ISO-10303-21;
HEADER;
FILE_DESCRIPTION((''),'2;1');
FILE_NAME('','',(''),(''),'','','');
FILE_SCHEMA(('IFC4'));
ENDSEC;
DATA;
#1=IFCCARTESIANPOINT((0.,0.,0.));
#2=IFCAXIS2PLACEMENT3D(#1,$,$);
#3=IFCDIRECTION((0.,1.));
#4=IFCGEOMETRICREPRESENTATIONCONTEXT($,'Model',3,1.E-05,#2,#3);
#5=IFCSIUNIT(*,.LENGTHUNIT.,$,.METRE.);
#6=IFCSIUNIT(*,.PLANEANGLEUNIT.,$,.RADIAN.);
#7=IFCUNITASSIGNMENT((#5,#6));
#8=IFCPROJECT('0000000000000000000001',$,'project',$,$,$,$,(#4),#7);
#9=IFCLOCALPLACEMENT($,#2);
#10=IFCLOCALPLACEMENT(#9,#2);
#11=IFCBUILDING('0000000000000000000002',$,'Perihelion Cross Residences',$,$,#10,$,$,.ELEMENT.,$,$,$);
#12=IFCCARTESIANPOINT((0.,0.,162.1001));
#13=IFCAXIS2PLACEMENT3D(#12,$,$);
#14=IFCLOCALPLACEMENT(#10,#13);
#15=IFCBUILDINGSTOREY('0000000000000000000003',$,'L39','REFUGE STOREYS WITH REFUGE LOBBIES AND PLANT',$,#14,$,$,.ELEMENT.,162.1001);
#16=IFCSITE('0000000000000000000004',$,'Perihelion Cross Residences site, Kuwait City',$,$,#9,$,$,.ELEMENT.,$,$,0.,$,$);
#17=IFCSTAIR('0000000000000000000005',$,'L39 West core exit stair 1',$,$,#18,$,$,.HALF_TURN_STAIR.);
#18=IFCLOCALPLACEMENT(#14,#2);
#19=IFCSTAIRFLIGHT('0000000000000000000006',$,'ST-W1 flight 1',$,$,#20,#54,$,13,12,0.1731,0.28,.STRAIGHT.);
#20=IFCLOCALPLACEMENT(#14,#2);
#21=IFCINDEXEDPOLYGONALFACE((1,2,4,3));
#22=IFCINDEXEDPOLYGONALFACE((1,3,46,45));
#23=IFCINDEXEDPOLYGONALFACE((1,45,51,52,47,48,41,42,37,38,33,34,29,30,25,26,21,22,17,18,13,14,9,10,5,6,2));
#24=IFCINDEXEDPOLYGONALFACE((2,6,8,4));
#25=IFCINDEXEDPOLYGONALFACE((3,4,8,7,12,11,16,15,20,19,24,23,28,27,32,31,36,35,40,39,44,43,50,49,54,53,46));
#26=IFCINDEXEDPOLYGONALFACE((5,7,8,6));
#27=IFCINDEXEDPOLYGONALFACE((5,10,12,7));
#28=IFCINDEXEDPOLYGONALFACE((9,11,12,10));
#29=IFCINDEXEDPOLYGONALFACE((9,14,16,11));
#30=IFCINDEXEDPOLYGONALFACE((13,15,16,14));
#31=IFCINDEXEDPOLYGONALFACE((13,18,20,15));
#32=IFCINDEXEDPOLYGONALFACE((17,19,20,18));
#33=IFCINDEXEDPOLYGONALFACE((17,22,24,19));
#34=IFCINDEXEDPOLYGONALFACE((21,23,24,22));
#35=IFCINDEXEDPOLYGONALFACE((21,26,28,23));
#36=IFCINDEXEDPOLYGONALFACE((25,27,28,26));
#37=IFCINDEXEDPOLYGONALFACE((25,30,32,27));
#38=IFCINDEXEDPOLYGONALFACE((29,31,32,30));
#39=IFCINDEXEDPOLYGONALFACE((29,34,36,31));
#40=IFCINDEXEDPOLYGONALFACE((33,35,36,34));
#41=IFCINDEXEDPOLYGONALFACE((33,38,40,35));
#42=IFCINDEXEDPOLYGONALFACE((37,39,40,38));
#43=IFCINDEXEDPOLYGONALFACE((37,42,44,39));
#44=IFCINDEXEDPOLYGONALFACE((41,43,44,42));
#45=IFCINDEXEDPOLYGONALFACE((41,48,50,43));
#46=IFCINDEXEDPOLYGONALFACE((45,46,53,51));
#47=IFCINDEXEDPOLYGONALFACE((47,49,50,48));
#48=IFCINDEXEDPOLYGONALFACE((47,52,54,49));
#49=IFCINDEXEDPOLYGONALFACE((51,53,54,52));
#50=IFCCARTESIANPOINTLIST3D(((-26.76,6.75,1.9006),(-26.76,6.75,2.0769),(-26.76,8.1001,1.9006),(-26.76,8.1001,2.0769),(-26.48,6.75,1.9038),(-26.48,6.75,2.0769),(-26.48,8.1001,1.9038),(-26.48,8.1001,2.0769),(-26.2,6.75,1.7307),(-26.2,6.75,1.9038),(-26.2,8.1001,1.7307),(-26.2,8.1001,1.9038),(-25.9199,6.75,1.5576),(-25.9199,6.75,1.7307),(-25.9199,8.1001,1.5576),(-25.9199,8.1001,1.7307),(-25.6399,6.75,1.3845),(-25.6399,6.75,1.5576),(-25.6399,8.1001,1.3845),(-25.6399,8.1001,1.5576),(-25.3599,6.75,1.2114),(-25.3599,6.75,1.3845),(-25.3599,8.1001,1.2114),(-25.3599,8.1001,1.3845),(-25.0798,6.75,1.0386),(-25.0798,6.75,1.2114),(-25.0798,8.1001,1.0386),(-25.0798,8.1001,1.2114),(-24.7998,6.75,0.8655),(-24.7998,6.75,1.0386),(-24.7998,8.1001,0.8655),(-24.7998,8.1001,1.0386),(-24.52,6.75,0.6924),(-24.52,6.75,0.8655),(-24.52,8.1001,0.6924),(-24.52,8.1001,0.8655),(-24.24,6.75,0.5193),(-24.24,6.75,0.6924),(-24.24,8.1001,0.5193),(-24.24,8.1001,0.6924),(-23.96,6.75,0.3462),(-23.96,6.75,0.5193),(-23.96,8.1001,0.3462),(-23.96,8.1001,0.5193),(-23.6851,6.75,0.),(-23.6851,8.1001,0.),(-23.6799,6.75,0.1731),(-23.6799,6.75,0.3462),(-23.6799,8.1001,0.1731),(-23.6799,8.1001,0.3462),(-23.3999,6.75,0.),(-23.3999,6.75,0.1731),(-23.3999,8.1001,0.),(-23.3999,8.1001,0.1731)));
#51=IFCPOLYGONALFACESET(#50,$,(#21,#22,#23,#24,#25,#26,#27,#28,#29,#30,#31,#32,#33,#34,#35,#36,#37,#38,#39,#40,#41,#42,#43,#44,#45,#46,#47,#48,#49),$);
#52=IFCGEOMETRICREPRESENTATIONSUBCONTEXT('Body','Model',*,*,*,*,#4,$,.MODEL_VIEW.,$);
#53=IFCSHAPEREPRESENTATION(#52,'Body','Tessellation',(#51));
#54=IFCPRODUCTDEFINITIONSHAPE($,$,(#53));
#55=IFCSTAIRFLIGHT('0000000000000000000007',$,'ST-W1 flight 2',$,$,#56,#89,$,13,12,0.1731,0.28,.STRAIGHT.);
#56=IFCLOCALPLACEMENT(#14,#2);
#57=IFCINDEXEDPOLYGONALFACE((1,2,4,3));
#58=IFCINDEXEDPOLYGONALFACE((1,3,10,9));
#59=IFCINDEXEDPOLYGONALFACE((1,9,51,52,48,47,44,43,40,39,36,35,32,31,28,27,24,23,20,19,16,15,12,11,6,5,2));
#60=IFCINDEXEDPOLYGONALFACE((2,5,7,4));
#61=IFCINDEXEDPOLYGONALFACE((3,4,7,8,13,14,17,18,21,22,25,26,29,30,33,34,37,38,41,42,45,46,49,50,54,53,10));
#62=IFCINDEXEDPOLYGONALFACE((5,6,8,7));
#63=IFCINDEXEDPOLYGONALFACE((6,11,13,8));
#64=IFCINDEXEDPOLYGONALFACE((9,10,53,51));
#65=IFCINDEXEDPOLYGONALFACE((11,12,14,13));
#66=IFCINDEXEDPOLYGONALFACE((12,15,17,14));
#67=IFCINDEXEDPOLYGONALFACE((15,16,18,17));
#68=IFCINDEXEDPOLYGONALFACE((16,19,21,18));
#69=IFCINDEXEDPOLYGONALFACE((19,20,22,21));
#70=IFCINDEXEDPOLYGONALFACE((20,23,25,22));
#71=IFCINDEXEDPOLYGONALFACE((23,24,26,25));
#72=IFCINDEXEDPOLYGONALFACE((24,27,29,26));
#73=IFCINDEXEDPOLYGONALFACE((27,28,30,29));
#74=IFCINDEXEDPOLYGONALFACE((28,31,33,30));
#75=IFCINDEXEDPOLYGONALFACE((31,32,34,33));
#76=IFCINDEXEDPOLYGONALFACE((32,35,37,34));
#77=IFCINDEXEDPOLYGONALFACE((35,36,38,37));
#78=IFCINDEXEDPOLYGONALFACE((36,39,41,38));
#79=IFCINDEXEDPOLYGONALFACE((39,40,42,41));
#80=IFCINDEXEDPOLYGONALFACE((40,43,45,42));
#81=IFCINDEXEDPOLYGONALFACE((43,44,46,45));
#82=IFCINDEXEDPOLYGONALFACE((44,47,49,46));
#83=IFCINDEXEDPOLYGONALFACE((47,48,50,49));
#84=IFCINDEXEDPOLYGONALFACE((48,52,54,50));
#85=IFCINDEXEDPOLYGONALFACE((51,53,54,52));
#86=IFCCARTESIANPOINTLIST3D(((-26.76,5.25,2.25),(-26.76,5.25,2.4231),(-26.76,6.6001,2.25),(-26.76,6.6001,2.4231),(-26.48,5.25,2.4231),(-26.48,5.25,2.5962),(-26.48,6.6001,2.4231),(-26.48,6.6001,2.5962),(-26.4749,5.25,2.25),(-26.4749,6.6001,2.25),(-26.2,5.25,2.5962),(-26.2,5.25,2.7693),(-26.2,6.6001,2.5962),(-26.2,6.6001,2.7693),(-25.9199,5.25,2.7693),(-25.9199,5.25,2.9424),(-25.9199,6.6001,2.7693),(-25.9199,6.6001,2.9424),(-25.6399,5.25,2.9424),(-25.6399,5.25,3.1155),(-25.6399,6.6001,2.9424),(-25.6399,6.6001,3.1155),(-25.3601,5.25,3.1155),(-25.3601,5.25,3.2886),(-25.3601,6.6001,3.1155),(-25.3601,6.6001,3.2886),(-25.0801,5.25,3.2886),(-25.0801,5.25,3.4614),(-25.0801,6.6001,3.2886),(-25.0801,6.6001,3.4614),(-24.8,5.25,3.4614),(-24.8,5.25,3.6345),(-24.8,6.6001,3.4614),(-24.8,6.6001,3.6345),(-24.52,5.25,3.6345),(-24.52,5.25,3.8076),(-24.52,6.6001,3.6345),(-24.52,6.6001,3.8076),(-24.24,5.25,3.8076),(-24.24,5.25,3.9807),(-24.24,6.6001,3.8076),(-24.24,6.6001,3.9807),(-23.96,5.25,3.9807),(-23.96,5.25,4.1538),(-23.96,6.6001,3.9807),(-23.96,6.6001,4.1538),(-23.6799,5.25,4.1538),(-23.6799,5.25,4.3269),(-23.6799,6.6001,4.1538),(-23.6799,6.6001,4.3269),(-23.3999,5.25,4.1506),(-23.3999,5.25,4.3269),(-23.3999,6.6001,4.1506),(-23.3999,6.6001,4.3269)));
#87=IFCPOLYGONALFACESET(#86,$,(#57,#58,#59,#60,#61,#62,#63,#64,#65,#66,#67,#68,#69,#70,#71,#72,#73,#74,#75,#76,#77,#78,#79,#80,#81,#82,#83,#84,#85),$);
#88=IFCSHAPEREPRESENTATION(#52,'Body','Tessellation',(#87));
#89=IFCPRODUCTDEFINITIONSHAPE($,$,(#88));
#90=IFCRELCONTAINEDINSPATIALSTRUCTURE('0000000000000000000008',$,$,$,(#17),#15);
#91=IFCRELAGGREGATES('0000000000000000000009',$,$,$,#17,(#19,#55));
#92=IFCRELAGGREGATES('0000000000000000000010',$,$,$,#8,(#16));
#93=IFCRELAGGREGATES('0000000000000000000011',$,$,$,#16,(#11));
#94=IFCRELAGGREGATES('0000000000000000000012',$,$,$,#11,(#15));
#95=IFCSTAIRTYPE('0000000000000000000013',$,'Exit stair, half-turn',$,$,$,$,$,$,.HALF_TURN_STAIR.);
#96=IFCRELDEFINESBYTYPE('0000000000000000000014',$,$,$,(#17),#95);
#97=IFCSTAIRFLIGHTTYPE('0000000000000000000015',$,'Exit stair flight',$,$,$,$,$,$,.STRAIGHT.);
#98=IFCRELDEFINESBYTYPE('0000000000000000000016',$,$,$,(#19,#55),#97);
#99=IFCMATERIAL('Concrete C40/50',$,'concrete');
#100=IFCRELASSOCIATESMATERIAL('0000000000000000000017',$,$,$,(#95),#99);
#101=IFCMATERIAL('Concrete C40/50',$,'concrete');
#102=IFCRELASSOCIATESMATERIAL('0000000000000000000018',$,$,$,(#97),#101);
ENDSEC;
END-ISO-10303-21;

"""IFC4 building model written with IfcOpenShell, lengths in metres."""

from ifc_helpers import new_model, si_unit, direction, frame, origin, place, context, subcontext, project, spatial, polyline, outline, extrude, material, type_object, element, aggregate, save


model = new_model("IFC4")

# Units and contexts
model_context = context("Model", 3, precision=1e-05, world=origin(), true_north=direction((0.0, 1.0)))
body_context = subcontext(model_context, "Body", "Model", "MODEL_VIEW")
ifc_project = project(units=[si_unit("LENGTHUNIT", "METRE"), si_unit("PLANEANGLEUNIT", "RADIAN")], contexts=[model_context])

# Site, building, storey
site_placement = place(None, origin())
site = spatial("IfcSite", under=ifc_project, at=site_placement, Name="Perihelion Cross Residences site, Kuwait City", CompositionType="ELEMENT", RefElevation=0.0)
building_placement = place(site_placement, origin())
building = spatial("IfcBuilding", under=site, at=building_placement, Name="Perihelion Cross Residences", CompositionType="ELEMENT")
storey_placement = place(building_placement, frame((0.0, 0.0, 162.1001)))
storey = spatial("IfcBuildingStorey", under=building, at=storey_placement, Name="L39", Description="REFUGE STOREYS WITH REFUGE LOBBIES AND PLANT", CompositionType="ELEMENT", Elevation=162.1001)

# Stair, stair flights
ifc_material_1 = material(Name="Concrete C40/50", Category="concrete")
stair_type = type_object("IfcStairType", Name="Exit stair, half-turn", PredefinedType="HALF_TURN_STAIR", material=ifc_material_1)
stair_placement = place(storey_placement, origin())
stair = element("IfcStair", 1, at=stair_placement, inside=storey, type_object=stair_type, Name="L39 West core exit stair 1", PredefinedType="HALF_TURN_STAIR")
ifc_material_2 = material(Name="Concrete C40/50", Category="concrete")
stair_flight_type = type_object("IfcStairFlightType", Name="Exit stair flight", PredefinedType="STRAIGHT", material=ifc_material_2)
stair_flight_1_placement = place(storey_placement, frame((-23.3999, 7.425, 0.0), z_axis=(0.0, 0.0, 1.0), x_axis=(-1.0, 0.0, 0.0)))
stair_flight_1 = element("IfcStairFlight", 2, at=stair_flight_1_placement, type_object=stair_flight_type, Name="ST-W1 flight 1", NumberOfRisers=13, NumberOfTreads=12, PredefinedType="STRAIGHT", RiserHeight=0.1731, TreadLength=0.28, context=body_context, shape_type="SweptSolid", body=[
    extrude(outline(polyline([(0.0, 0.0), (0.0, 0.1731), (0.28, 0.1731), (0.28, 0.3462), (0.5601, 0.3462), (0.5601, 0.5193), (0.8401, 0.5193), (0.8401, 0.6924), (1.1201, 0.6924), (1.1201, 0.8655), (1.3999, 0.8655), (1.3999, 1.0386), (1.6799, 1.0386), (1.6799, 1.2114), (1.96, 1.2114), (1.96, 1.3845), (2.24, 1.3845), (2.24, 1.5576), (2.52, 1.5576), (2.52, 1.7307), (2.8, 1.7307), (2.8, 1.9038), (3.0801, 1.9038), (3.0801, 2.0769), (3.3601, 2.0769), (3.3601, 2.25), (3.3601, 1.9006), (0.2852, 0.0), (0.0, 0.0)])), frame((0.0, 0.675, 0.0), z_axis=(0.0, -1.0, 0.0), x_axis=(1.0, 0.0, 0.0)), (0.0, 0.0, 1.0), 1.3501),
])
stair_flight_2_placement = place(storey_placement, frame((-26.76, 5.925, 2.25), z_axis=(0.0, 0.0, 1.0), x_axis=(1.0, 0.0, 0.0)))
stair_flight_2 = element("IfcStairFlight", 3, at=stair_flight_2_placement, type_object=stair_flight_type, Name="ST-W1 flight 2", NumberOfRisers=13, NumberOfTreads=12, PredefinedType="STRAIGHT", RiserHeight=0.1731, TreadLength=0.28, context=body_context, shape_type="SweptSolid", body=[
    extrude(outline(polyline([(0.0, 0.0), (0.0, 0.1731), (0.28, 0.1731), (0.28, 0.3462), (0.5601, 0.3462), (0.5601, 0.5193), (0.8401, 0.5193), (0.8401, 0.6924), (1.1201, 0.6924), (1.1201, 0.8655), (1.3999, 0.8655), (1.3999, 1.0386), (1.6799, 1.0386), (1.6799, 1.2114), (1.96, 1.2114), (1.96, 1.3845), (2.24, 1.3845), (2.24, 1.5576), (2.52, 1.5576), (2.52, 1.7307), (2.8, 1.7307), (2.8, 1.9038), (3.0801, 1.9038), (3.0801, 2.0769), (3.3601, 2.0769), (3.3601, 2.25), (3.3601, 1.9006), (0.2852, 0.0), (0.0, 0.0)])), frame((0.0, 0.675, 0.0), z_axis=(0.0, -1.0, 0.0), x_axis=(1.0, 0.0, 0.0)), (0.0, 0.0, 1.0), 1.3501),
])
aggregate(stair, [stair_flight_1, stair_flight_2])

save(model, "model.ifc")
